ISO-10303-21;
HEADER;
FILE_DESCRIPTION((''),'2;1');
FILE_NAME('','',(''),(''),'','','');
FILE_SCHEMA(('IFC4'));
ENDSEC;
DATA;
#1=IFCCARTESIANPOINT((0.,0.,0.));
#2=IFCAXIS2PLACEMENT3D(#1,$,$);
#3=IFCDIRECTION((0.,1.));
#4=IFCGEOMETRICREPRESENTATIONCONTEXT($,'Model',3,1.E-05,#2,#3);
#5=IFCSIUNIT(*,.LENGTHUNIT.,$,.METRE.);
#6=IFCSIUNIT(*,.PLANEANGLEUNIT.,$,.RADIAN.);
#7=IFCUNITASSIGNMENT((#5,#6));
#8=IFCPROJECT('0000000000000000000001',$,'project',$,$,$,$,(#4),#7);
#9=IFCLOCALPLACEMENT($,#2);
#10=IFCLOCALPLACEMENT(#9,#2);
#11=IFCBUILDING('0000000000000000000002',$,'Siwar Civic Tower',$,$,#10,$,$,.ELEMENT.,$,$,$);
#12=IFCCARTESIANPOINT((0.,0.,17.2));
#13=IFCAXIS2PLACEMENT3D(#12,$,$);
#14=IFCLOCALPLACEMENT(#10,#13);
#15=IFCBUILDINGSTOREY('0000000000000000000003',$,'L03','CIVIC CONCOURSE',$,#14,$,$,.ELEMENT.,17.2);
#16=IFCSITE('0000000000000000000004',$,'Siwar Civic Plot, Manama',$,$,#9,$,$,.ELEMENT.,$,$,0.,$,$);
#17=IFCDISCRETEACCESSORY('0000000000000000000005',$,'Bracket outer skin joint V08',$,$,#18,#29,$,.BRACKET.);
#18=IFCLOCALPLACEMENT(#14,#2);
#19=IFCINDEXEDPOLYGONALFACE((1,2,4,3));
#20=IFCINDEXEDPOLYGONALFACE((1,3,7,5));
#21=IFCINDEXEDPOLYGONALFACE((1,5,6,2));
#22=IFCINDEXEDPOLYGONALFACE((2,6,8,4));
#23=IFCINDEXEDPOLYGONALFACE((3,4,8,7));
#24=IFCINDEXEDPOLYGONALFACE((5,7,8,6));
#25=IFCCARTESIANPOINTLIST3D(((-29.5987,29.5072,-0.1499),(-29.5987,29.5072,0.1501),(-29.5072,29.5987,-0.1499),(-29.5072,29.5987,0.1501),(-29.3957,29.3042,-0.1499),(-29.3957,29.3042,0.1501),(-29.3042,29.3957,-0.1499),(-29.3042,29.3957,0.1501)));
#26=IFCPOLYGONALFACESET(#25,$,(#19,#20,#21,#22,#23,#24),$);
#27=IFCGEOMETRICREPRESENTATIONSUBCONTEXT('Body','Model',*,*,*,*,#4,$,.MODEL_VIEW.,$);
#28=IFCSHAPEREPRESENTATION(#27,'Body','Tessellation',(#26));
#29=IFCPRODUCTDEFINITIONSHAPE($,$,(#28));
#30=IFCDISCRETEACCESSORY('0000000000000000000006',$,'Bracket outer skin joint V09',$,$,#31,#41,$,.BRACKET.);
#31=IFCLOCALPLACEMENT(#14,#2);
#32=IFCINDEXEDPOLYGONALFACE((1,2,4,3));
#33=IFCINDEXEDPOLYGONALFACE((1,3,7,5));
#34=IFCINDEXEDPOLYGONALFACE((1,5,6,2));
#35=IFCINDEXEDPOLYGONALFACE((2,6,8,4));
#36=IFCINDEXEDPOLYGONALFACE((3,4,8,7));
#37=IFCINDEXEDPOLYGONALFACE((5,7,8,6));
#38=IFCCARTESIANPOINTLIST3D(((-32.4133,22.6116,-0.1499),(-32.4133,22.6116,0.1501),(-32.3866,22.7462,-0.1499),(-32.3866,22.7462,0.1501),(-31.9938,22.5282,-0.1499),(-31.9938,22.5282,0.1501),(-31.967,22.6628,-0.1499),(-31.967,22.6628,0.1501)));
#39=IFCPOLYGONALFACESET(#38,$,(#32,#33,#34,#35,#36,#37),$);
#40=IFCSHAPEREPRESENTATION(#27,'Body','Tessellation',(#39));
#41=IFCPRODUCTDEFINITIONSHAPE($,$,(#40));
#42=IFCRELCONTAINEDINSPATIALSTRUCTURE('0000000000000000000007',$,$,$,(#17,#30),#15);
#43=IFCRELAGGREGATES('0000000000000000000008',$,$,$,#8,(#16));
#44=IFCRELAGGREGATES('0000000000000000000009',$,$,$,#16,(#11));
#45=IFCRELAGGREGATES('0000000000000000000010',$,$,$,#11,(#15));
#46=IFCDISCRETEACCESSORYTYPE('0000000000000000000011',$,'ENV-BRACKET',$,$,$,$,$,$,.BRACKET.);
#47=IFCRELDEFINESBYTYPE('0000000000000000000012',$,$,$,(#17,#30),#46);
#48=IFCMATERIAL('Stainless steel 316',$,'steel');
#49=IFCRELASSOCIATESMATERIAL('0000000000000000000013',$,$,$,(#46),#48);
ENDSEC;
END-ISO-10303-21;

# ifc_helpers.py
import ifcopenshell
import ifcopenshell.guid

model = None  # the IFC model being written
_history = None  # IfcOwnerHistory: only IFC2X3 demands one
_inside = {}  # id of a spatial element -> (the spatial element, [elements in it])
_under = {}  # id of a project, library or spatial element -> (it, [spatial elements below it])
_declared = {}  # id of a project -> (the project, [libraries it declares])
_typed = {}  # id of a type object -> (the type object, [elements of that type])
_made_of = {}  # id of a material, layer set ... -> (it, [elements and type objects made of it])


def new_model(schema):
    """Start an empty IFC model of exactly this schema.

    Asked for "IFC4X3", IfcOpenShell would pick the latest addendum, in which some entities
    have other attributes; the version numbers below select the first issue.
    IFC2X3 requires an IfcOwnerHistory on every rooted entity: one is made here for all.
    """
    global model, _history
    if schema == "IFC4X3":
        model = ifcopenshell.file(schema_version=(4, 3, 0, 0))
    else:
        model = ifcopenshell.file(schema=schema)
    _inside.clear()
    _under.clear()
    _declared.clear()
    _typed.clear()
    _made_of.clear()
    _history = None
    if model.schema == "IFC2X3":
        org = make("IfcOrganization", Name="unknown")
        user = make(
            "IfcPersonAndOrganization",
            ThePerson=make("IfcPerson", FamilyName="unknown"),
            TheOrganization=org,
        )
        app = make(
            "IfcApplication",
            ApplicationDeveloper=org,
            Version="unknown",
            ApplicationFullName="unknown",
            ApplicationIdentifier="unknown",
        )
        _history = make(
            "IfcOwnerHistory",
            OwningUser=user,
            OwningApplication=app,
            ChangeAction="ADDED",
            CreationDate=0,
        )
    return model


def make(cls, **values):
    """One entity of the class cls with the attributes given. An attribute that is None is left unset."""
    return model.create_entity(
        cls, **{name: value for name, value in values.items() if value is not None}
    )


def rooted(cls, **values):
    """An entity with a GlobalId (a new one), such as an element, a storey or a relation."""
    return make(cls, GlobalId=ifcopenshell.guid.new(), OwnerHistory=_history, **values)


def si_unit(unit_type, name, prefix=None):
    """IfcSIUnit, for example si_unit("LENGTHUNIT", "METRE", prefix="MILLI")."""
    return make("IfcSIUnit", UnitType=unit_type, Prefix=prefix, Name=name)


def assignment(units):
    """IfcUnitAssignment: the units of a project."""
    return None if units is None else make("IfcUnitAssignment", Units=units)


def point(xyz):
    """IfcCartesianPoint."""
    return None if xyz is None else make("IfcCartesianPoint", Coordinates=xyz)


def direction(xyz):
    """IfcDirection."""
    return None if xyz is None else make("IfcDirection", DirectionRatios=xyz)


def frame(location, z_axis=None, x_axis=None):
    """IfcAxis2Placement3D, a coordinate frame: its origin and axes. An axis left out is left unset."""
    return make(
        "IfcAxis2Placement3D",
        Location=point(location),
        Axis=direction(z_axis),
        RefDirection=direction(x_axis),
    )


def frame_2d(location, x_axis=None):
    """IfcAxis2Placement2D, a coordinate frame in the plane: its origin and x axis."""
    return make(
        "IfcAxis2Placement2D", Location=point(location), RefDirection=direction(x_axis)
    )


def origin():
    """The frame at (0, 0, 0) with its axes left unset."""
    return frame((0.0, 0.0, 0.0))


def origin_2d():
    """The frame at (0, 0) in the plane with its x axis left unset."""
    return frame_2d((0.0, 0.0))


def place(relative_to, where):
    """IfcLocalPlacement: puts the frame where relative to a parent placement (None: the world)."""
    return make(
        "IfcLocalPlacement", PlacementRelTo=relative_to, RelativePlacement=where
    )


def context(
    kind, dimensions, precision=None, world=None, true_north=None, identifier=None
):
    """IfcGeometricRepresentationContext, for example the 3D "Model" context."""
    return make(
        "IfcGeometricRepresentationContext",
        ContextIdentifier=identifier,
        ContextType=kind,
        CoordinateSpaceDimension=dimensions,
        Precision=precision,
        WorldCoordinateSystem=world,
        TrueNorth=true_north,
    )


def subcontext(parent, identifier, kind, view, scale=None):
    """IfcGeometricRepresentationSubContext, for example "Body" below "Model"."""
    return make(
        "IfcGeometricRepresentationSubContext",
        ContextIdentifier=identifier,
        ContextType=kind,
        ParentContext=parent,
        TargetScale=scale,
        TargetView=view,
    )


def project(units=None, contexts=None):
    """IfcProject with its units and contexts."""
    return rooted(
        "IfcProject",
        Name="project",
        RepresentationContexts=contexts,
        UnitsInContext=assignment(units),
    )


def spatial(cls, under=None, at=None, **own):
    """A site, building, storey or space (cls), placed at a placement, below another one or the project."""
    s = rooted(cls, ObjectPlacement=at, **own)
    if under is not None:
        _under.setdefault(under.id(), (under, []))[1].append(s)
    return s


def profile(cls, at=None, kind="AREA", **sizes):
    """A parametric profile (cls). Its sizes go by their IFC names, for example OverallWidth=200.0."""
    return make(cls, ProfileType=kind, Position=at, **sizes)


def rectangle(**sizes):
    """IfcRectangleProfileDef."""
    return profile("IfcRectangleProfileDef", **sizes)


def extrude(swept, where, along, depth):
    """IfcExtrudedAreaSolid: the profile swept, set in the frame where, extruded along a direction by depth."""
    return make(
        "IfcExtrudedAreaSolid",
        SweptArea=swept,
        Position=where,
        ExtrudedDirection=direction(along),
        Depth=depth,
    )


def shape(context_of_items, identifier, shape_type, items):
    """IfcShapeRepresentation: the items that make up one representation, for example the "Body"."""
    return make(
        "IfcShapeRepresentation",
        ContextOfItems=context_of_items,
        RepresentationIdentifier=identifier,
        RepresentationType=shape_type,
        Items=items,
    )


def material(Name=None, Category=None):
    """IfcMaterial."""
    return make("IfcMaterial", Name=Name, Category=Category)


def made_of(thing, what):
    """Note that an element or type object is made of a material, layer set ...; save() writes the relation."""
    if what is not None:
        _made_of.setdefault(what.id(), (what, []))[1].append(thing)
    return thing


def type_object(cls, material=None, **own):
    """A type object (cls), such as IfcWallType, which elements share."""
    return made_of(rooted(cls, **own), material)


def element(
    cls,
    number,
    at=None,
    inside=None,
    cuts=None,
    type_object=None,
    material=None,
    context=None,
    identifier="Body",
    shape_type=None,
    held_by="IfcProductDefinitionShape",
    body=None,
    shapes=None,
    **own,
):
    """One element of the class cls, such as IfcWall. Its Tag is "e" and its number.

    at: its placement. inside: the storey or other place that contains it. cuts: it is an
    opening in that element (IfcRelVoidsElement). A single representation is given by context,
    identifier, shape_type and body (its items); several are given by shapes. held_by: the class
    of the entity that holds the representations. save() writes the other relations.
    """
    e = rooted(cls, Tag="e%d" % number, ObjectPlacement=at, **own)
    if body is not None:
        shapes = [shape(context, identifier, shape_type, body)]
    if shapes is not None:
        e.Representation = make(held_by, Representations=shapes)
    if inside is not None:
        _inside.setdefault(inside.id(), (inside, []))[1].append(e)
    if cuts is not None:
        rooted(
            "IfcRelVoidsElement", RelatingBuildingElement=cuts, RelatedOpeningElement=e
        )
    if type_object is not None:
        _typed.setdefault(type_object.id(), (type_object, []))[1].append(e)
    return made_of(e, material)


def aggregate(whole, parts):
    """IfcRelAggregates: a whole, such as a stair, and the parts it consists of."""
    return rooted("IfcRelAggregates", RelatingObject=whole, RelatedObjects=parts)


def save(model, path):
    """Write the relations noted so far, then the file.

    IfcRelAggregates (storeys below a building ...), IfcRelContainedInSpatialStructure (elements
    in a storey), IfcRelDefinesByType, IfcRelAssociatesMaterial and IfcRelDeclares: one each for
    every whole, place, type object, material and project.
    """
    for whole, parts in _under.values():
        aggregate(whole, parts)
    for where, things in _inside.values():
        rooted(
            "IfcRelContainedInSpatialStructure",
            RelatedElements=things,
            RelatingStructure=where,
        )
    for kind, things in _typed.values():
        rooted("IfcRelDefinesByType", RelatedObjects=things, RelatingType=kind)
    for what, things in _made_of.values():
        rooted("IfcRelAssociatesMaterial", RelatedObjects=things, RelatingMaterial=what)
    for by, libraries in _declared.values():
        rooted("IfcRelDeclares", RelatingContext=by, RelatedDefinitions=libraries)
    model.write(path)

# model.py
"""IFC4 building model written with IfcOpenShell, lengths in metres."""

from ifc_helpers import new_model, si_unit, direction, frame, origin, origin_2d, place, context, subcontext, project, spatial, rectangle, extrude, material, type_object, element, save


model = new_model("IFC4")

# Units and contexts
model_context = context("Model", 3, precision=1e-05, world=origin(), true_north=direction((0.0, 1.0)))
body_context = subcontext(model_context, "Body", "Model", "MODEL_VIEW")
ifc_project = project(units=[si_unit("LENGTHUNIT", "METRE"), si_unit("PLANEANGLEUNIT", "RADIAN")], contexts=[model_context])

# Site, building, storey
site_placement = place(None, origin())
site = spatial("IfcSite", under=ifc_project, at=site_placement, Name="Siwar Civic Plot, Manama", CompositionType="ELEMENT", RefElevation=0.0)
building_placement = place(site_placement, origin())
building = spatial("IfcBuilding", under=site, at=building_placement, Name="Siwar Civic Tower", CompositionType="ELEMENT")
storey_placement = place(building_placement, frame((0.0, 0.0, 17.2)))
storey = spatial("IfcBuildingStorey", under=building, at=storey_placement, Name="L03", Description="CIVIC CONCOURSE", CompositionType="ELEMENT", Elevation=17.2)

# Discrete accessories
ifc_material_1 = material(Name="Stainless steel 316", Category="steel")
discrete_accessory_type = type_object("IfcDiscreteAccessoryType", Name="ENV-BRACKET", PredefinedType="BRACKET", material=ifc_material_1)
discrete_accessory_1_placement = place(storey_placement, frame((-29.4514, 29.4514, -0.1499), z_axis=(0.0, 0.0, 1.0), x_axis=(-0.707107, 0.707107, 0.0)))
element("IfcDiscreteAccessory", 1, at=discrete_accessory_1_placement, inside=storey, type_object=discrete_accessory_type, Name="Bracket outer skin joint V08", PredefinedType="BRACKET", context=body_context, shape_type="SweptSolid", body=[
    extrude(rectangle(XDim=0.2871, YDim=0.1294, at=origin_2d()), origin(), (0.0, 0.0, 1.0), 0.3),
])
discrete_accessory_2_placement = place(storey_placement, frame((-32.1902, 22.6372, -0.1499), z_axis=(0.0, 0.0, 1.0), x_axis=(-0.980785, 0.19509, 0.0)))
element("IfcDiscreteAccessory", 2, at=discrete_accessory_2_placement, inside=storey, type_object=discrete_accessory_type, Name="Bracket outer skin joint V09", PredefinedType="BRACKET", context=body_context, shape_type="SweptSolid", body=[
    extrude(rectangle(XDim=0.4277, YDim=0.1372, at=origin_2d()), origin(), (0.0, 0.0, 1.0), 0.3),
])

save(model, "model.ifc")
